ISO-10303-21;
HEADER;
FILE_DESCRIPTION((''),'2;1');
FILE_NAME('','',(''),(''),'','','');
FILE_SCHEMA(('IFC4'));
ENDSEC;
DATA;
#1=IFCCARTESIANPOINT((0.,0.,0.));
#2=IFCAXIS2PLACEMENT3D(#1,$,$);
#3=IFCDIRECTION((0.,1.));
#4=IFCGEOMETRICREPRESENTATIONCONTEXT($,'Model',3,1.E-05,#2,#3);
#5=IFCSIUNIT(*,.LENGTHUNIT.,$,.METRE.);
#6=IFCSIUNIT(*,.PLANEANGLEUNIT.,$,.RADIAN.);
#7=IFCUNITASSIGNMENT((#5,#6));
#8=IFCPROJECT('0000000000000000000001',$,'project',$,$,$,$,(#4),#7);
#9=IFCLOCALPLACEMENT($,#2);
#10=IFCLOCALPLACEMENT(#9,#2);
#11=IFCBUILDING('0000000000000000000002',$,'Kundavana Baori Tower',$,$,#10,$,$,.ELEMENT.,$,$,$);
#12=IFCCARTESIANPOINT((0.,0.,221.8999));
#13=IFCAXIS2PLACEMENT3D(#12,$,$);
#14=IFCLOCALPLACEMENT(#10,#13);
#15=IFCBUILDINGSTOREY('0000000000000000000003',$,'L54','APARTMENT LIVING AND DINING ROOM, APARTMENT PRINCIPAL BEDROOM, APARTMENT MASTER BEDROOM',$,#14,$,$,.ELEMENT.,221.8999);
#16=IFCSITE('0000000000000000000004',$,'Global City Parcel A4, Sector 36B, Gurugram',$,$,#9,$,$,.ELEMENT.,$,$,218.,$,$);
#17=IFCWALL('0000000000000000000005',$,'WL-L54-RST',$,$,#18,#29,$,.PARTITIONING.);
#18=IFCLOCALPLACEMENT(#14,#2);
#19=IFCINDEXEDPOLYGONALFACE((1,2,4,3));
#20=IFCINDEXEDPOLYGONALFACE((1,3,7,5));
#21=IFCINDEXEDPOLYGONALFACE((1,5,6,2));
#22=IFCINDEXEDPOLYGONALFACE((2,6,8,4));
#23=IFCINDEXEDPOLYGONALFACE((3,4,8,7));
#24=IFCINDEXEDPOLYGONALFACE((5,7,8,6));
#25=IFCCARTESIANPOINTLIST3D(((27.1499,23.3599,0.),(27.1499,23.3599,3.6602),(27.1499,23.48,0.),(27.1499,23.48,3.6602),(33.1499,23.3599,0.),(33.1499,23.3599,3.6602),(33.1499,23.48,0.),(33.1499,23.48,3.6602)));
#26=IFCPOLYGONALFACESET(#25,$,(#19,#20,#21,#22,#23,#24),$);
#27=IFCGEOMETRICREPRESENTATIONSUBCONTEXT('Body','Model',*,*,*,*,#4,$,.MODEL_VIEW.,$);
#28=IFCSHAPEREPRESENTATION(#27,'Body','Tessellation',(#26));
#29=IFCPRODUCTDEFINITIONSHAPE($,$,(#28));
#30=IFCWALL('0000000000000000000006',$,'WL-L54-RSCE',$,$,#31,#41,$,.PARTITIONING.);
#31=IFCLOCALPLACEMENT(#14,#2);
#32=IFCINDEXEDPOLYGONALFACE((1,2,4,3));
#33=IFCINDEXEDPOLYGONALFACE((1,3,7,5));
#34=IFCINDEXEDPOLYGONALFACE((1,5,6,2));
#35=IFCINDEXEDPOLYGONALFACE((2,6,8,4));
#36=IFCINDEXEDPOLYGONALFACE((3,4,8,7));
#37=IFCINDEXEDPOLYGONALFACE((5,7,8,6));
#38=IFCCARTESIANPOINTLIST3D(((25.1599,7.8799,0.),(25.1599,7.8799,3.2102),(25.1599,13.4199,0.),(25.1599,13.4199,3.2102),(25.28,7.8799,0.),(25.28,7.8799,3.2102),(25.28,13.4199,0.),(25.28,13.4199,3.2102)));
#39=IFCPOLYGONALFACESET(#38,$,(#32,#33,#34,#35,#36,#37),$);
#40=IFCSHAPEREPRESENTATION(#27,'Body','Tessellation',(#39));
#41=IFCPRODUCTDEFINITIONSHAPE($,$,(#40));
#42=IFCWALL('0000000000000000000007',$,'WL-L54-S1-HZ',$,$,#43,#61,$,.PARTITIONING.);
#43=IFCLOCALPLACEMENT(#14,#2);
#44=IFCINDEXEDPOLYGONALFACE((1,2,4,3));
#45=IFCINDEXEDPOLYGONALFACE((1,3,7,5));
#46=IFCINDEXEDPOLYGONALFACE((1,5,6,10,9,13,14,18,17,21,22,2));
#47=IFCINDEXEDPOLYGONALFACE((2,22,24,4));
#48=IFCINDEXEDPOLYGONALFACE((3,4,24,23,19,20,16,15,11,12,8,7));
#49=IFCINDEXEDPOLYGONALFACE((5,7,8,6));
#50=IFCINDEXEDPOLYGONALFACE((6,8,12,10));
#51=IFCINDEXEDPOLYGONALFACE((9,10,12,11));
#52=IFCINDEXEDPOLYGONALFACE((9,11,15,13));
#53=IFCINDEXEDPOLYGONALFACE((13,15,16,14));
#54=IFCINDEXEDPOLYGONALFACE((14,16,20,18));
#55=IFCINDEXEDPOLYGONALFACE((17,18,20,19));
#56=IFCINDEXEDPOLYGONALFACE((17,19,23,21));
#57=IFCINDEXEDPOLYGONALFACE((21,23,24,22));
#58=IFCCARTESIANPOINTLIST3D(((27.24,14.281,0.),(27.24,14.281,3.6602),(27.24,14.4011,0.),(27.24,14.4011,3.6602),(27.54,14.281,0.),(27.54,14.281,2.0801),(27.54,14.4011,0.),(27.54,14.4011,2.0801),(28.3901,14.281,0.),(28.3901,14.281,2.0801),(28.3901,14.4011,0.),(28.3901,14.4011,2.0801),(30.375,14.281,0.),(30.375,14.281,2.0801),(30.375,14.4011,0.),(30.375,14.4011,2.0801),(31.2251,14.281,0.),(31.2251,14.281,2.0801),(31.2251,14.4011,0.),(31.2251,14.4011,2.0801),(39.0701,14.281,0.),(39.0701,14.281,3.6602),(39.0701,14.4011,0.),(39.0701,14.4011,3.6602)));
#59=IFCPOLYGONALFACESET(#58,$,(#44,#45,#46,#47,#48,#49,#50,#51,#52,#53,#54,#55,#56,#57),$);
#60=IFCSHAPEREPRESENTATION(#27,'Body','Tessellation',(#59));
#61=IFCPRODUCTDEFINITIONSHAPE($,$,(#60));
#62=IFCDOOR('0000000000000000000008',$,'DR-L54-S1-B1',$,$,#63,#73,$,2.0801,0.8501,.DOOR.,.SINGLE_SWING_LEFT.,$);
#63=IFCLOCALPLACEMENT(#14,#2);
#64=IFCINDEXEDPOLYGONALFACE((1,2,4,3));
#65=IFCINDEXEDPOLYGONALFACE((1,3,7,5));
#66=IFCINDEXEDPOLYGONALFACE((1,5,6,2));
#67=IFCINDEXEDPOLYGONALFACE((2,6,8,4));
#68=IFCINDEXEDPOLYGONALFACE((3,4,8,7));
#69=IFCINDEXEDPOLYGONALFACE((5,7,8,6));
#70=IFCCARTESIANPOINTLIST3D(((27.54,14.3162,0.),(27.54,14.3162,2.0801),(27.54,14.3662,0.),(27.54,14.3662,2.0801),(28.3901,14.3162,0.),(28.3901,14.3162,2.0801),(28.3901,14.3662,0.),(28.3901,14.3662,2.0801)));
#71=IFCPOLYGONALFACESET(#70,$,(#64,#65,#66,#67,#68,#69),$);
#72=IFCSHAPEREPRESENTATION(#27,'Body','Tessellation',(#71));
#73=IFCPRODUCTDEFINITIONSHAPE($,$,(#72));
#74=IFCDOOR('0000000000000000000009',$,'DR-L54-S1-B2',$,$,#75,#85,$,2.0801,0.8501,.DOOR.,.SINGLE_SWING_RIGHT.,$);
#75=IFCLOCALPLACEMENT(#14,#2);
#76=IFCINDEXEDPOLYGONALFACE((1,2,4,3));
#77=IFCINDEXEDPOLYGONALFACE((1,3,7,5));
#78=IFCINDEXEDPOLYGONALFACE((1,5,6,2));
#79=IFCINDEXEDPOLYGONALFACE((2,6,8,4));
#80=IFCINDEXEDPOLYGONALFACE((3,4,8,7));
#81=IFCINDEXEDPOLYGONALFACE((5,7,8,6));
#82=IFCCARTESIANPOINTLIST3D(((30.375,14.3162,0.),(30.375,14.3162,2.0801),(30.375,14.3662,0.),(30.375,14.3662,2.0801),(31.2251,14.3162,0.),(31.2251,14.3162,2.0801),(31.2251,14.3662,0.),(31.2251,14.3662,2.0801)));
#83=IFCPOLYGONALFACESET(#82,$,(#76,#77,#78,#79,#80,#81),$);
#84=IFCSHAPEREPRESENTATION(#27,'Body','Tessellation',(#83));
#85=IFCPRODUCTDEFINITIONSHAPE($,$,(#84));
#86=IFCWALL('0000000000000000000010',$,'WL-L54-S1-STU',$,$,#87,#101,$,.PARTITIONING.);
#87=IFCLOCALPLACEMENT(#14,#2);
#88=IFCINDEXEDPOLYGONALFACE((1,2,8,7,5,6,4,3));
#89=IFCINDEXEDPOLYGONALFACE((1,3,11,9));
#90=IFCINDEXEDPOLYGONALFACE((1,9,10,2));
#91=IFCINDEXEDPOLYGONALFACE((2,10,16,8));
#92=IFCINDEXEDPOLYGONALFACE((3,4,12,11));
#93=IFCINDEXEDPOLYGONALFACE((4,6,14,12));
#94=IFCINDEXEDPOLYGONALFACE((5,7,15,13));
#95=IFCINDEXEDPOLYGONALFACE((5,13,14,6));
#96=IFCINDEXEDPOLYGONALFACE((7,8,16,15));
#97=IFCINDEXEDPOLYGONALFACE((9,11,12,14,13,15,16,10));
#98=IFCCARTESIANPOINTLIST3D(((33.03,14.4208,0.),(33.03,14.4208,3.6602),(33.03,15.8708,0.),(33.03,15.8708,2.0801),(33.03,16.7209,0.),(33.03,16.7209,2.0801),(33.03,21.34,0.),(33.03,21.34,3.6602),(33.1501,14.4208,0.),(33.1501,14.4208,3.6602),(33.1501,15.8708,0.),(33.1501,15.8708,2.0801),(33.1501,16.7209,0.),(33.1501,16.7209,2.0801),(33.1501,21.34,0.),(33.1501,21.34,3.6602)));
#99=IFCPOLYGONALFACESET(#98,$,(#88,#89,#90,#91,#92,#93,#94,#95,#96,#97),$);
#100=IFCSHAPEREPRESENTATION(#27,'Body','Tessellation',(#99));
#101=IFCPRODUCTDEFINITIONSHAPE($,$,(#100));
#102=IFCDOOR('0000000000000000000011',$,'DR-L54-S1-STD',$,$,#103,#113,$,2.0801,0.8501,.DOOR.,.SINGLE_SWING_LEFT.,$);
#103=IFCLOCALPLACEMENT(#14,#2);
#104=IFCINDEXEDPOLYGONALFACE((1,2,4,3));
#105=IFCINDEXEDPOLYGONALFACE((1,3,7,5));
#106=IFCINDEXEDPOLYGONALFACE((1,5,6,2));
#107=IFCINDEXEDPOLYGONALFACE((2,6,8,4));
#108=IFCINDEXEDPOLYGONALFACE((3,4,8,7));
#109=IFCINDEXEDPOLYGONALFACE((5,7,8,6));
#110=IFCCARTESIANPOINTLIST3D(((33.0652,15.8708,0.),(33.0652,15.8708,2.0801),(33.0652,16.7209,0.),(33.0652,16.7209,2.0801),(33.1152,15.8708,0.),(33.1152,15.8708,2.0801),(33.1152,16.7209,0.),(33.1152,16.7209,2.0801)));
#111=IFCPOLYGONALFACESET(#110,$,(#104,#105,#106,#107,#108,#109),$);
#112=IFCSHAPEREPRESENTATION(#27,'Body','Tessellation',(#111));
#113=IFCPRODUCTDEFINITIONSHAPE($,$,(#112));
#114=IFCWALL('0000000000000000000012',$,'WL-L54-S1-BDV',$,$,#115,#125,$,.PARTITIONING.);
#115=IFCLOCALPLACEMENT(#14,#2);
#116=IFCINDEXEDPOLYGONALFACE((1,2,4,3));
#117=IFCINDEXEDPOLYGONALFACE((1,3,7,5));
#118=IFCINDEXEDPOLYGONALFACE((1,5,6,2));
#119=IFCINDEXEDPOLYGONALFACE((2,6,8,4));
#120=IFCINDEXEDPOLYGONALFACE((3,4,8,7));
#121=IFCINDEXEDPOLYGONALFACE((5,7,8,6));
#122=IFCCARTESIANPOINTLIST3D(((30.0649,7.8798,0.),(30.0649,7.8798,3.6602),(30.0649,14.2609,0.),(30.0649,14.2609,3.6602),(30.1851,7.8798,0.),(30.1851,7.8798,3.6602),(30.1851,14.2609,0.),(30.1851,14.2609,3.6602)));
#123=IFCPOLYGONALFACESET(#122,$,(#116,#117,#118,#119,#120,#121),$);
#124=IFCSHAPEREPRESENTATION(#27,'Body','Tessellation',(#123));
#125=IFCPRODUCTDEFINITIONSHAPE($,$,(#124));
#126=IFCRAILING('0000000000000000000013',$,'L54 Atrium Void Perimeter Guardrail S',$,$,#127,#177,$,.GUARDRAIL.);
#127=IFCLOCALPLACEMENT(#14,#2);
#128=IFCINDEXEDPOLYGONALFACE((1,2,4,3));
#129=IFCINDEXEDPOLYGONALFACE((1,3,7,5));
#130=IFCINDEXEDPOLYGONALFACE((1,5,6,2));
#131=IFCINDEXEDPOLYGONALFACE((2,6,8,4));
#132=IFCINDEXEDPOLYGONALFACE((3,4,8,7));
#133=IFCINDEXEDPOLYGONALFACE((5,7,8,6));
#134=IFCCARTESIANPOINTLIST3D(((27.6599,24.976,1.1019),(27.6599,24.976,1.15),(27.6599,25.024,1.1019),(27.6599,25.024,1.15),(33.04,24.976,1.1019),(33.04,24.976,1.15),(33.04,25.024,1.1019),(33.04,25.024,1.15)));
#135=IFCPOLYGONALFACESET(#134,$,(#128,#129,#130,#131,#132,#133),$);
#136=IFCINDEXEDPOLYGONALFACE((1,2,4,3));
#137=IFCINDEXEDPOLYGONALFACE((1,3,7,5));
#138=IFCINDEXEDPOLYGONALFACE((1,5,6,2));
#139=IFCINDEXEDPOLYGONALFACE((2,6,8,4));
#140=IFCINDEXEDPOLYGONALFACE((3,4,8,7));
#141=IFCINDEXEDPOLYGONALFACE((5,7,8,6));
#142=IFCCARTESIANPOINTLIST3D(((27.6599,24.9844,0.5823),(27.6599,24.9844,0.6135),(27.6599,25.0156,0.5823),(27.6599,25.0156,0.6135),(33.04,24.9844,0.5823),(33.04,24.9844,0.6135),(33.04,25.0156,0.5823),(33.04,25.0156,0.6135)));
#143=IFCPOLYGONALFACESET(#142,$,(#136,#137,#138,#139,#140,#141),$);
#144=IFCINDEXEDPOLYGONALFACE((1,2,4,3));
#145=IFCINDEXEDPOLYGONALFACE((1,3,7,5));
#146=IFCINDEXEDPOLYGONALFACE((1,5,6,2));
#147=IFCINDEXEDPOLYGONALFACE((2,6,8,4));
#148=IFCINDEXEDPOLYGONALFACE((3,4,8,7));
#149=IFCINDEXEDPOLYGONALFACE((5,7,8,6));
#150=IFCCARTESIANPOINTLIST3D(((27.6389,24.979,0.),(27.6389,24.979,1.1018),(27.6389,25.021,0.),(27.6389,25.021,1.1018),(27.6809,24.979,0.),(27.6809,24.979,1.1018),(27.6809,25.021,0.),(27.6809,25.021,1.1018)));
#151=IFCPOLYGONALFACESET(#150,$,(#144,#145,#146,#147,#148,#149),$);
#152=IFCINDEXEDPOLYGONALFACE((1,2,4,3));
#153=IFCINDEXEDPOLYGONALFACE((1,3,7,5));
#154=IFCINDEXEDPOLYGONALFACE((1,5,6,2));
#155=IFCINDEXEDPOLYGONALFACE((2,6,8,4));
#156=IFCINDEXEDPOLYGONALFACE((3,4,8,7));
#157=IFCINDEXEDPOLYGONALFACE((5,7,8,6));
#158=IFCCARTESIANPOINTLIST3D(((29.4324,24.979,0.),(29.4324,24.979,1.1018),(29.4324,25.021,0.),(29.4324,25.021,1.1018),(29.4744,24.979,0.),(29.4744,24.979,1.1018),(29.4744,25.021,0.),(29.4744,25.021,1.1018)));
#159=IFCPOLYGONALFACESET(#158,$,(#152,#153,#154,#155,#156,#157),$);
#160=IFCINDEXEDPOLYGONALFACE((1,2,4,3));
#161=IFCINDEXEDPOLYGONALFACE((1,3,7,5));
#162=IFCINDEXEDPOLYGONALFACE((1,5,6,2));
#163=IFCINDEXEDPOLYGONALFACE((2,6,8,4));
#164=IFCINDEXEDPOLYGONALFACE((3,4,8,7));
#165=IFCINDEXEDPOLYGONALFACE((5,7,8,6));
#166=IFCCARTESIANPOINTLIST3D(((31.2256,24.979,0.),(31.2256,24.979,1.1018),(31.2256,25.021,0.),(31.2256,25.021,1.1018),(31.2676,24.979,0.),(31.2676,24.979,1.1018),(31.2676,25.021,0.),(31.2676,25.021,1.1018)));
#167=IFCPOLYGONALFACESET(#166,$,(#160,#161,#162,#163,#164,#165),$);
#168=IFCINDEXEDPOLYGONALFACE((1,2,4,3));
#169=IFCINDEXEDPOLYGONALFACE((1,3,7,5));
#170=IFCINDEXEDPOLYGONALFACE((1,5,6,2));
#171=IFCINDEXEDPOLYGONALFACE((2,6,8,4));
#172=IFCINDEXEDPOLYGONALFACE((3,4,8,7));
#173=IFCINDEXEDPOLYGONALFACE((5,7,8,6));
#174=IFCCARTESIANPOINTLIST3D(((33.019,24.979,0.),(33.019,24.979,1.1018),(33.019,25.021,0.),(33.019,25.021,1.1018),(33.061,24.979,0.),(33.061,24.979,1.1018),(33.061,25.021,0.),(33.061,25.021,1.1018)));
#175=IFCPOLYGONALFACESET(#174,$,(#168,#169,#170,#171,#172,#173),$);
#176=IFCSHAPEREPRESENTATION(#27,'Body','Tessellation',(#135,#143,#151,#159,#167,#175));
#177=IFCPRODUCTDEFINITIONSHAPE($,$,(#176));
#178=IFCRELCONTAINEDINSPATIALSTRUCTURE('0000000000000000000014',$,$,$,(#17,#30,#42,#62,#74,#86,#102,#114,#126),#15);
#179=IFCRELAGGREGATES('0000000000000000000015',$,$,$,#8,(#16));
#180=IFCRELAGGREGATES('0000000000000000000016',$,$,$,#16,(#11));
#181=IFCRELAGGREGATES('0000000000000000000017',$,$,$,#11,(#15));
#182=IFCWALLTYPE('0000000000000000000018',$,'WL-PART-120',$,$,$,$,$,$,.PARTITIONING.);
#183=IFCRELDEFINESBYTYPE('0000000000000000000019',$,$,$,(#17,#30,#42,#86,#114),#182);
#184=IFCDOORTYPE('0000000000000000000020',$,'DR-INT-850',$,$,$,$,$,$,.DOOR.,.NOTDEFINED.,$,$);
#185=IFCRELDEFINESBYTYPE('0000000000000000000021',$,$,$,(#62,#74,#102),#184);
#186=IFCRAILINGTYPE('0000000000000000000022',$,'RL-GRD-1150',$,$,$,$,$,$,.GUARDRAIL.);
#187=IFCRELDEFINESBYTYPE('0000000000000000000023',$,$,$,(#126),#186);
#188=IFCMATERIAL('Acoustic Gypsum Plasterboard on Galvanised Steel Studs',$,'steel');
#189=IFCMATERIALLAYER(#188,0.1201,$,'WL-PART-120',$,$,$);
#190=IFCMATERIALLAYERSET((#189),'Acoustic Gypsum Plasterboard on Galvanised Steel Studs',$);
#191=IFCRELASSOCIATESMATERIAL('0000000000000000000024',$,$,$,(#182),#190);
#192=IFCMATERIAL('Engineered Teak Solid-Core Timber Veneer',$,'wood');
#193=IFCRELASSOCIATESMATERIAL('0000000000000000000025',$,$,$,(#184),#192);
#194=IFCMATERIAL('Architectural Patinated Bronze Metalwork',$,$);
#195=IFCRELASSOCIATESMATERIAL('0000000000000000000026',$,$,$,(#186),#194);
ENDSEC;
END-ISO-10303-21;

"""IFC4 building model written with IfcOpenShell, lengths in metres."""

from ifc_helpers import new_model, si_unit, direction, frame, frame_2d, origin, origin_2d, place, context, subcontext, project, spatial, rectangle, extrude, material, layer, layer_set, type_object, element, fill, save


model = new_model("IFC4")

# Units and contexts
model_context = context("Model", 3, precision=1e-05, world=origin(), true_north=direction((0.0, 1.0)))
body_context = subcontext(model_context, "Body", "Model", "MODEL_VIEW")
ifc_project = project(units=[si_unit("LENGTHUNIT", "METRE"), si_unit("PLANEANGLEUNIT", "RADIAN")], contexts=[model_context])

# Site, building, storey
site_placement = place(None, origin())
site = spatial("IfcSite", under=ifc_project, at=site_placement, Name="Global City Parcel A4, Sector 36B, Gurugram", CompositionType="ELEMENT", RefElevation=218.0)
building_placement = place(site_placement, origin())
building = spatial("IfcBuilding", under=site, at=building_placement, Name="Kundavana Baori Tower", CompositionType="ELEMENT")
storey_placement = place(building_placement, frame((0.0, 0.0, 221.8999)))
storey = spatial("IfcBuildingStorey", under=building, at=storey_placement, Name="L54", Description="APARTMENT LIVING AND DINING ROOM, APARTMENT PRINCIPAL BEDROOM, APARTMENT MASTER BEDROOM", CompositionType="ELEMENT", Elevation=221.8999)

# Shared definitions
ifc_material_1 = material(Name="Acoustic Gypsum Plasterboard on Galvanised Steel Studs", Category="steel")
ifc_layer = layer(ifc_material_1, 0.1201, Name="WL-PART-120")
ifc_layer_set = layer_set([ifc_layer], Name="Acoustic Gypsum Plasterboard on Galvanised Steel Studs")
wall_type = type_object("IfcWallType", Name="WL-PART-120", PredefinedType="PARTITIONING", material=ifc_layer_set)

# Walls
wall_1_placement = place(storey_placement, frame((27.1499, 23.4199, 0.0), z_axis=(0.0, 0.0, 1.0), x_axis=(1.0, 0.0, 0.0)))
element("IfcWall", 1, at=wall_1_placement, inside=storey, type_object=wall_type, Name="WL-L54-RST", PredefinedType="PARTITIONING", context=body_context, shape_type="SweptSolid", body=[
    extrude(rectangle(XDim=6.0, YDim=0.1201, at=frame_2d((3.0, 0.0))), origin(), (0.0, 0.0, 1.0), 3.6602),
])
wall_2_placement = place(storey_placement, frame((25.22, 7.8799, 0.0), z_axis=(0.0, 0.0, 1.0), x_axis=(0.0, 1.0, 0.0)))
element("IfcWall", 2, at=wall_2_placement, inside=storey, type_object=wall_type, Name="WL-L54-RSCE", PredefinedType="PARTITIONING", context=body_context, shape_type="SweptSolid", body=[
    extrude(rectangle(XDim=5.54, YDim=0.1201, at=frame_2d((2.77, 0.0))), origin(), (0.0, 0.0, 1.0), 3.2102),
])

# Wall, openings, doors
wall_3_placement = place(storey_placement, frame((27.24, 14.3411, 0.0), z_axis=(0.0, 0.0, 1.0), x_axis=(1.0, 0.0, 0.0)))
wall_3 = element("IfcWall", 3, at=wall_3_placement, inside=storey, type_object=wall_type, Name="WL-L54-S1-HZ", PredefinedType="PARTITIONING", context=body_context, shape_type="SweptSolid", body=[
    extrude(rectangle(XDim=11.8301, YDim=0.1201, at=frame_2d((5.915, 0.0))), origin(), (0.0, 0.0, 1.0), 3.6602),
])
opening_1_placement = place(wall_3_placement, frame((0.3, 0.0, 0.0)))
opening_1 = element("IfcOpeningElement", 4, at=opening_1_placement, cuts=wall_3, PredefinedType="OPENING", context=body_context, shape_type="SweptSolid", body=[
    extrude(rectangle(XDim=0.8501, YDim=2.0801, at=frame_2d((0.425, 1.04))), frame((0.0, 0.0701, 0.0), z_axis=(0.0, -1.0, 0.0), x_axis=(1.0, 0.0, 0.0)), (0.0, 0.0, 1.0), 0.1401),
])
opening_2_placement = place(wall_3_placement, frame((3.135, 0.0, 0.0)))
opening_2 = element("IfcOpeningElement", 5, at=opening_2_placement, cuts=wall_3, PredefinedType="OPENING", context=body_context, shape_type="SweptSolid", body=[
    extrude(rectangle(XDim=0.8501, YDim=2.0801, at=frame_2d((0.425, 1.04))), frame((0.0, 0.0701, 0.0), z_axis=(0.0, -1.0, 0.0), x_axis=(1.0, 0.0, 0.0)), (0.0, 0.0, 1.0), 0.1401),
])
ifc_material_2 = material(Name="Engineered Teak Solid-Core Timber Veneer", Category="wood")
door_type_1 = type_object("IfcDoorType", Name="DR-INT-850", OperationType="NOTDEFINED", PredefinedType="DOOR", material=ifc_material_2)
door_1_placement = place(opening_1_placement, frame((0.8501, 0.0, 0.0), z_axis=(0.0, 0.0, 1.0), x_axis=(-1.0, 0.0, 0.0)))
door_1 = element("IfcDoor", 6, at=door_1_placement, inside=storey, type_object=door_type_1, Name="DR-L54-S1-B1", OperationType="SINGLE_SWING_LEFT", OverallHeight=2.0801, OverallWidth=0.8501, PredefinedType="DOOR", context=body_context, shape_type="SweptSolid", body=[
    extrude(rectangle(XDim=0.8501, YDim=2.0801, at=frame_2d((0.425, 1.04))), frame((0.0, 0.0249, 0.0), z_axis=(0.0, -1.0, 0.0), x_axis=(1.0, 0.0, 0.0)), (0.0, 0.0, 1.0), 0.05),
])
fill(opening_1, door_1)
door_2_placement = place(opening_2_placement, frame((0.8501, 0.0, 0.0), z_axis=(0.0, 0.0, 1.0), x_axis=(-1.0, 0.0, 0.0)))
door_2 = element("IfcDoor", 7, at=door_2_placement, inside=storey, type_object=door_type_1, Name="DR-L54-S1-B2", OperationType="SINGLE_SWING_RIGHT", OverallHeight=2.0801, OverallWidth=0.8501, PredefinedType="DOOR", context=body_context, shape_type="SweptSolid", body=[
    extrude(rectangle(XDim=0.8501, YDim=2.0801, at=frame_2d((0.425, 1.04))), frame((0.0, 0.0249, 0.0), z_axis=(0.0, -1.0, 0.0), x_axis=(1.0, 0.0, 0.0)), (0.0, 0.0, 1.0), 0.05),
])
fill(opening_2, door_2)

# Wall, opening, door
wall_4_placement = place(storey_placement, frame((33.0901, 14.4209, 0.0), z_axis=(0.0, 0.0, 1.0), x_axis=(0.0, 1.0, 0.0)))
wall_4 = element("IfcWall", 8, at=wall_4_placement, inside=storey, type_object=wall_type, Name="WL-L54-S1-STU", PredefinedType="PARTITIONING", context=body_context, shape_type="SweptSolid", body=[
    extrude(rectangle(XDim=6.9192, YDim=0.1201, at=frame_2d((3.4595, 0.0))), origin(), (0.0, 0.0, 1.0), 3.6602),
])
opening_3_placement = place(wall_4_placement, frame((1.45, 0.0, 0.0)))
opening_3 = element("IfcOpeningElement", 9, at=opening_3_placement, cuts=wall_4, PredefinedType="OPENING", context=body_context, shape_type="SweptSolid", body=[
    extrude(rectangle(XDim=0.8501, YDim=2.0801, at=frame_2d((0.425, 1.04))), frame((0.0, 0.0701, 0.0), z_axis=(0.0, -1.0, 0.0), x_axis=(1.0, 0.0, 0.0)), (0.0, 0.0, 1.0), 0.1401),
])
door_3_placement = place(opening_3_placement, origin())
door_3 = element("IfcDoor", 10, at=door_3_placement, inside=storey, type_object=door_type_1, Name="DR-L54-S1-STD", OperationType="SINGLE_SWING_LEFT", OverallHeight=2.0801, OverallWidth=0.8501, PredefinedType="DOOR", context=body_context, shape_type="SweptSolid", body=[
    extrude(rectangle(XDim=0.8501, YDim=2.0801, at=frame_2d((0.425, 1.04))), frame((0.0, 0.0249, 0.0), z_axis=(0.0, -1.0, 0.0), x_axis=(1.0, 0.0, 0.0)), (0.0, 0.0, 1.0), 0.05),
])
fill(opening_3, door_3)

# Wall
wall_5_placement = place(storey_placement, frame((30.125, 7.8799, 0.0), z_axis=(0.0, 0.0, 1.0), x_axis=(0.0, 1.0, 0.0)))
element("IfcWall", 11, at=wall_5_placement, inside=storey, type_object=wall_type, Name="WL-L54-S1-BDV", PredefinedType="PARTITIONING", context=body_context, shape_type="SweptSolid", body=[
    extrude(rectangle(XDim=6.3811, YDim=0.1201, at=frame_2d((3.1904, 0.0))), origin(), (0.0, 0.0, 1.0), 3.6602),
])

# Railing
ifc_material_3 = material(Name="Architectural Patinated Bronze Metalwork")
railing_type = type_object("IfcRailingType", Name="RL-GRD-1150", PredefinedType="GUARDRAIL", material=ifc_material_3)
railing_1_placement = place(storey_placement, frame((27.6599, 25.0, 0.0)))
element("IfcRailing", 12, at=railing_1_placement, inside=storey, type_object=railing_type, Name="L54 Atrium Void Perimeter Guardrail S", PredefinedType="GUARDRAIL", context=body_context, shape_type="SweptSolid", body=[
    extrude(rectangle(XDim=0.0481, YDim=0.0481, at=origin_2d()), frame((0.0, 0.0, 1.126), z_axis=(1.0, 0.0, 0.0), x_axis=(0.0, 1.0, 0.0)), (0.0, 0.0, 1.0), 5.3801),
    extrude(rectangle(XDim=0.0312, YDim=0.0312, at=origin_2d()), frame((0.0, 0.0, 0.5979), z_axis=(1.0, 0.0, 0.0), x_axis=(0.0, 1.0, 0.0)), (0.0, 0.0, 1.0), 5.3801),
    extrude(rectangle(XDim=0.042, YDim=0.042, at=origin_2d()), origin(), (0.0, 0.0, 1.0), 1.1018),
    extrude(rectangle(XDim=0.042, YDim=0.042, at=origin_2d()), frame((1.7935, 0.0, 0.0)), (0.0, 0.0, 1.0), 1.1018),
    extrude(rectangle(XDim=0.042, YDim=0.042, at=origin_2d()), frame((3.5867, 0.0, 0.0)), (0.0, 0.0, 1.0), 1.1018),
    extrude(rectangle(XDim=0.042, YDim=0.042, at=origin_2d()), frame((5.3801, 0.0, 0.0)), (0.0, 0.0, 1.0), 1.1018),
])

save(model, "model.ifc")
